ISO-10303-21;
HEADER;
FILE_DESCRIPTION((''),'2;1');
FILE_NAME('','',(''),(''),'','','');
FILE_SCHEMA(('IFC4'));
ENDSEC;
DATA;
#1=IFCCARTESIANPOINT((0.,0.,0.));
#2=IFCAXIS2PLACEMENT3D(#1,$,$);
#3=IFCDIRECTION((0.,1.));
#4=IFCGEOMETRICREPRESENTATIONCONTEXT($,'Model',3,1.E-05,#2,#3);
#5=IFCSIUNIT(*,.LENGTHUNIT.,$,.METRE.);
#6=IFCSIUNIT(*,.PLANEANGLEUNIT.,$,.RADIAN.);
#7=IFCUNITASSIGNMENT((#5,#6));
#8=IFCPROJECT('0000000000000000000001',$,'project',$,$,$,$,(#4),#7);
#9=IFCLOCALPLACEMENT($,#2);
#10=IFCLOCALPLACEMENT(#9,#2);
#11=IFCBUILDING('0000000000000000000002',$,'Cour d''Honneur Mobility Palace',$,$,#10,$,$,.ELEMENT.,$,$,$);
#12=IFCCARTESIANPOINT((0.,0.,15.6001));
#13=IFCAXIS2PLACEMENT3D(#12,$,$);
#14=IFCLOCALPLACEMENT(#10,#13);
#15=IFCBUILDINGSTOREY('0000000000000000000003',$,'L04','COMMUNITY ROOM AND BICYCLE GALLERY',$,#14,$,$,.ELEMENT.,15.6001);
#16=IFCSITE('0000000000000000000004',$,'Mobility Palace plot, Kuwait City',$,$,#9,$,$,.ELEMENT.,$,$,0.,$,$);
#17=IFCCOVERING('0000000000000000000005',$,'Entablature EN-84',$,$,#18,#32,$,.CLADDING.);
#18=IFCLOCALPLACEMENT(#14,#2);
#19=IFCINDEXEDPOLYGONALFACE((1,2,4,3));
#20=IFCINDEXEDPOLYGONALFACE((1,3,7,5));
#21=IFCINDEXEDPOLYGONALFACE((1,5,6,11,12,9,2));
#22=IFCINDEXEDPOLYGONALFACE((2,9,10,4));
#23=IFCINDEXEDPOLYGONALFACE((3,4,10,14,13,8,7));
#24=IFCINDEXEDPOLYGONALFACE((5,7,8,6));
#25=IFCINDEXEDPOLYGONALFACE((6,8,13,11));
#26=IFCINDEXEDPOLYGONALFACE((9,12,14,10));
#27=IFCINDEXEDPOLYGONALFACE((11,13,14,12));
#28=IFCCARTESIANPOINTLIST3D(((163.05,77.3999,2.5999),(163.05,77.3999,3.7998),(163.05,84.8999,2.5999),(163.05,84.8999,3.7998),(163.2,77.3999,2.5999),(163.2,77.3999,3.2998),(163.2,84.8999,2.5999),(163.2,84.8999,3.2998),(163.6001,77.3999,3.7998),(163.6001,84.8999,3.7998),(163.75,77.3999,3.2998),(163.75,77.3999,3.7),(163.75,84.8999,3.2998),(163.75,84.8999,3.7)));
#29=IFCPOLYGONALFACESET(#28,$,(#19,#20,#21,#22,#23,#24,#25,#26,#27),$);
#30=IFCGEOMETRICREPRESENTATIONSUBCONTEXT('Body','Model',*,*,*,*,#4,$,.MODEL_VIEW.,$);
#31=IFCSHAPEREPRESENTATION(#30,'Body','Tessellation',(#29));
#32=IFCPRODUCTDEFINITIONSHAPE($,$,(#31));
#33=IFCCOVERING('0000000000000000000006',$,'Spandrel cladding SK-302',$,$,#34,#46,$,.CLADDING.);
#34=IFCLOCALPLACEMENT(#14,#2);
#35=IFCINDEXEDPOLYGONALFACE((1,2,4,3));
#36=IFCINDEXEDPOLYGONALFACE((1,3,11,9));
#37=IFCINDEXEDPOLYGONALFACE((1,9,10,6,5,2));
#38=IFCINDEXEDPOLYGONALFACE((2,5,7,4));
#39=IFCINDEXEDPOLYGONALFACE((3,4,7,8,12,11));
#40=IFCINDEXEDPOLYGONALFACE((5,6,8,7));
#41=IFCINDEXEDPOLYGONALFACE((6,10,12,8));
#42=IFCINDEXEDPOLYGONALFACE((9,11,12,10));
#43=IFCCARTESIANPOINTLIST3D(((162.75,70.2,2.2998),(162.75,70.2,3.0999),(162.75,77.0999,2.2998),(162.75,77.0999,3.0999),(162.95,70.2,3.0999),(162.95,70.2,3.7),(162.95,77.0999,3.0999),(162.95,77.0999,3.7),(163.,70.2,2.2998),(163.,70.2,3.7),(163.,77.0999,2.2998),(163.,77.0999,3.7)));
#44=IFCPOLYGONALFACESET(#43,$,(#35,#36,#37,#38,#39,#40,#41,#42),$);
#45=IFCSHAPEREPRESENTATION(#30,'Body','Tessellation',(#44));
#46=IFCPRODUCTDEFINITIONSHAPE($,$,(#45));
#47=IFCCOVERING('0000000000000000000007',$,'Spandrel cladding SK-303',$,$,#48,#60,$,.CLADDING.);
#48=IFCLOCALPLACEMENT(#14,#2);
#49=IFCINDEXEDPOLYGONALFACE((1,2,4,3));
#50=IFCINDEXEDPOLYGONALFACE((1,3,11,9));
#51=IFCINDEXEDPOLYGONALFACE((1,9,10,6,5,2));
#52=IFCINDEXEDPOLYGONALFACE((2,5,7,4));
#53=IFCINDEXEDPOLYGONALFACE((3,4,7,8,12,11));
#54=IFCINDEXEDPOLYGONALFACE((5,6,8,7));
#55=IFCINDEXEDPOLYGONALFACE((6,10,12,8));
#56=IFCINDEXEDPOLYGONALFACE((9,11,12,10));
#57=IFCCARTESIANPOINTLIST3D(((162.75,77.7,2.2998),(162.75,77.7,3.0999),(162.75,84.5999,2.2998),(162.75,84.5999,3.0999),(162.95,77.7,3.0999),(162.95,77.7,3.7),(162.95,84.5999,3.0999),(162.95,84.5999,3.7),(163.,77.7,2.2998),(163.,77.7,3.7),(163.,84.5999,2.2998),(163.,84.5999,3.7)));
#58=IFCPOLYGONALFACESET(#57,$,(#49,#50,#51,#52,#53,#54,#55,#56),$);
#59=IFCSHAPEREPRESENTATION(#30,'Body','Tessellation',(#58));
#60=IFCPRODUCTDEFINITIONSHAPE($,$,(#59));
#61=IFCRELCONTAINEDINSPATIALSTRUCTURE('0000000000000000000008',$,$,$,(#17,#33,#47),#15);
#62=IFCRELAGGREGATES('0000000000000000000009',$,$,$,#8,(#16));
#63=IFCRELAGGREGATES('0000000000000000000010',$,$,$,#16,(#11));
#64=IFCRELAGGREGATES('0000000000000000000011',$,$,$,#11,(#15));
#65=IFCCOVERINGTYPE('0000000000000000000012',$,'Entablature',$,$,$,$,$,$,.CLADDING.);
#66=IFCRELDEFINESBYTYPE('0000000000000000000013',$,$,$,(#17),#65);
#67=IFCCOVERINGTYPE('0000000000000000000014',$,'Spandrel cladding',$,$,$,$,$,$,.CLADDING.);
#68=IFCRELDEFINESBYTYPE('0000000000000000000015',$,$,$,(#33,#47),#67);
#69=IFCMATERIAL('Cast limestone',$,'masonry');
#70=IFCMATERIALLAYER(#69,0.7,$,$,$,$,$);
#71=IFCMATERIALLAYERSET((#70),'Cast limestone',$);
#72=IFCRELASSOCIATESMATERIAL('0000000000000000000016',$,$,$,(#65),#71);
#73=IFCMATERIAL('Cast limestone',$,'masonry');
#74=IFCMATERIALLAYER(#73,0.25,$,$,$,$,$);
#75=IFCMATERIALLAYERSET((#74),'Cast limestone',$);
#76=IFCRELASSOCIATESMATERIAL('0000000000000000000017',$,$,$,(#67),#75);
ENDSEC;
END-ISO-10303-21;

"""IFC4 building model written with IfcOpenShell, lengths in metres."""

from ifc_helpers import new_model, si_unit, direction, frame, origin, place, context, subcontext, project, spatial, polyline, outline, extrude, material, layer, layer_set, type_object, element, save


model = new_model("IFC4")

# Units and contexts
model_context = context("Model", 3, precision=1e-05, world=origin(), true_north=direction((0.0, 1.0)))
body_context = subcontext(model_context, "Body", "Model", "MODEL_VIEW")
ifc_project = project(units=[si_unit("LENGTHUNIT", "METRE"), si_unit("PLANEANGLEUNIT", "RADIAN")], contexts=[model_context])

# Site, building, storey
site_placement = place(None, origin())
site = spatial("IfcSite", under=ifc_project, at=site_placement, Name="Mobility Palace plot, Kuwait City", CompositionType="ELEMENT", RefElevation=0.0)
building_placement = place(site_placement, origin())
building = spatial("IfcBuilding", under=site, at=building_placement, Name="Cour d'Honneur Mobility Palace", CompositionType="ELEMENT")
storey_placement = place(building_placement, frame((0.0, 0.0, 15.6001)))
storey = spatial("IfcBuildingStorey", under=building, at=storey_placement, Name="L04", Description="COMMUNITY ROOM AND BICYCLE GALLERY", CompositionType="ELEMENT", Elevation=15.6001)

# Coverings
ifc_material_1 = material(Name="Cast limestone", Category="masonry")
ifc_layer_1 = layer(ifc_material_1, 0.7)
ifc_layer_set_1 = layer_set([ifc_layer_1], Name="Cast limestone")
covering_type_1 = type_object("IfcCoveringType", Name="Entablature", PredefinedType="CLADDING", material=ifc_layer_set_1)
for number, where, z_axis, x_axis, name in (
    (1, (163.05, 77.3999, 2.5999), (0.0, -1.0, 0.0), (1.0, 0.0, 0.0), "Entablature EN-84"),
):
    element("IfcCovering", number, at=place(storey_placement, frame(where, z_axis=z_axis, x_axis=x_axis)), inside=storey, type_object=covering_type_1, Name=name, PredefinedType="CLADDING", context=body_context, shape_type="SweptSolid", body=[
        extrude(outline(polyline([(0.0, 0.0), (0.1499, 0.0), (0.1499, 0.7), (0.7, 0.7), (0.7, 1.1001), (0.55, 1.2), (0.0, 1.2), (0.0, 0.0)])), origin(), (0.0, 0.0, -1.0), 7.5),
    ])
ifc_material_2 = material(Name="Cast limestone", Category="masonry")
ifc_layer_2 = layer(ifc_material_2, 0.25)
ifc_layer_set_2 = layer_set([ifc_layer_2], Name="Cast limestone")
covering_type_2 = type_object("IfcCoveringType", Name="Spandrel cladding", PredefinedType="CLADDING", material=ifc_layer_set_2)
for number, where, z_axis, x_axis, name in (
    (2, (162.75, 70.2, 2.2998), (0.0, -1.0, 0.0), (1.0, 0.0, 0.0), "Spandrel cladding SK-302"),
    (3, (162.75, 77.7, 2.2998), (0.0, -1.0, 0.0), (1.0, 0.0, 0.0), "Spandrel cladding SK-303"),
):
    element("IfcCovering", number, at=place(storey_placement, frame(where, z_axis=z_axis, x_axis=x_axis)), inside=storey, type_object=covering_type_2, Name=name, PredefinedType="CLADDING", context=body_context, shape_type="SweptSolid", body=[
        extrude(outline(polyline([(0.0, 0.0), (0.25, 0.0), (0.25, 1.4001), (0.2, 1.4001), (0.2, 0.8), (0.0, 0.8), (0.0, 0.0)])), origin(), (0.0, 0.0, -1.0), 6.8999),
    ])

save(model, "model.ifc")
